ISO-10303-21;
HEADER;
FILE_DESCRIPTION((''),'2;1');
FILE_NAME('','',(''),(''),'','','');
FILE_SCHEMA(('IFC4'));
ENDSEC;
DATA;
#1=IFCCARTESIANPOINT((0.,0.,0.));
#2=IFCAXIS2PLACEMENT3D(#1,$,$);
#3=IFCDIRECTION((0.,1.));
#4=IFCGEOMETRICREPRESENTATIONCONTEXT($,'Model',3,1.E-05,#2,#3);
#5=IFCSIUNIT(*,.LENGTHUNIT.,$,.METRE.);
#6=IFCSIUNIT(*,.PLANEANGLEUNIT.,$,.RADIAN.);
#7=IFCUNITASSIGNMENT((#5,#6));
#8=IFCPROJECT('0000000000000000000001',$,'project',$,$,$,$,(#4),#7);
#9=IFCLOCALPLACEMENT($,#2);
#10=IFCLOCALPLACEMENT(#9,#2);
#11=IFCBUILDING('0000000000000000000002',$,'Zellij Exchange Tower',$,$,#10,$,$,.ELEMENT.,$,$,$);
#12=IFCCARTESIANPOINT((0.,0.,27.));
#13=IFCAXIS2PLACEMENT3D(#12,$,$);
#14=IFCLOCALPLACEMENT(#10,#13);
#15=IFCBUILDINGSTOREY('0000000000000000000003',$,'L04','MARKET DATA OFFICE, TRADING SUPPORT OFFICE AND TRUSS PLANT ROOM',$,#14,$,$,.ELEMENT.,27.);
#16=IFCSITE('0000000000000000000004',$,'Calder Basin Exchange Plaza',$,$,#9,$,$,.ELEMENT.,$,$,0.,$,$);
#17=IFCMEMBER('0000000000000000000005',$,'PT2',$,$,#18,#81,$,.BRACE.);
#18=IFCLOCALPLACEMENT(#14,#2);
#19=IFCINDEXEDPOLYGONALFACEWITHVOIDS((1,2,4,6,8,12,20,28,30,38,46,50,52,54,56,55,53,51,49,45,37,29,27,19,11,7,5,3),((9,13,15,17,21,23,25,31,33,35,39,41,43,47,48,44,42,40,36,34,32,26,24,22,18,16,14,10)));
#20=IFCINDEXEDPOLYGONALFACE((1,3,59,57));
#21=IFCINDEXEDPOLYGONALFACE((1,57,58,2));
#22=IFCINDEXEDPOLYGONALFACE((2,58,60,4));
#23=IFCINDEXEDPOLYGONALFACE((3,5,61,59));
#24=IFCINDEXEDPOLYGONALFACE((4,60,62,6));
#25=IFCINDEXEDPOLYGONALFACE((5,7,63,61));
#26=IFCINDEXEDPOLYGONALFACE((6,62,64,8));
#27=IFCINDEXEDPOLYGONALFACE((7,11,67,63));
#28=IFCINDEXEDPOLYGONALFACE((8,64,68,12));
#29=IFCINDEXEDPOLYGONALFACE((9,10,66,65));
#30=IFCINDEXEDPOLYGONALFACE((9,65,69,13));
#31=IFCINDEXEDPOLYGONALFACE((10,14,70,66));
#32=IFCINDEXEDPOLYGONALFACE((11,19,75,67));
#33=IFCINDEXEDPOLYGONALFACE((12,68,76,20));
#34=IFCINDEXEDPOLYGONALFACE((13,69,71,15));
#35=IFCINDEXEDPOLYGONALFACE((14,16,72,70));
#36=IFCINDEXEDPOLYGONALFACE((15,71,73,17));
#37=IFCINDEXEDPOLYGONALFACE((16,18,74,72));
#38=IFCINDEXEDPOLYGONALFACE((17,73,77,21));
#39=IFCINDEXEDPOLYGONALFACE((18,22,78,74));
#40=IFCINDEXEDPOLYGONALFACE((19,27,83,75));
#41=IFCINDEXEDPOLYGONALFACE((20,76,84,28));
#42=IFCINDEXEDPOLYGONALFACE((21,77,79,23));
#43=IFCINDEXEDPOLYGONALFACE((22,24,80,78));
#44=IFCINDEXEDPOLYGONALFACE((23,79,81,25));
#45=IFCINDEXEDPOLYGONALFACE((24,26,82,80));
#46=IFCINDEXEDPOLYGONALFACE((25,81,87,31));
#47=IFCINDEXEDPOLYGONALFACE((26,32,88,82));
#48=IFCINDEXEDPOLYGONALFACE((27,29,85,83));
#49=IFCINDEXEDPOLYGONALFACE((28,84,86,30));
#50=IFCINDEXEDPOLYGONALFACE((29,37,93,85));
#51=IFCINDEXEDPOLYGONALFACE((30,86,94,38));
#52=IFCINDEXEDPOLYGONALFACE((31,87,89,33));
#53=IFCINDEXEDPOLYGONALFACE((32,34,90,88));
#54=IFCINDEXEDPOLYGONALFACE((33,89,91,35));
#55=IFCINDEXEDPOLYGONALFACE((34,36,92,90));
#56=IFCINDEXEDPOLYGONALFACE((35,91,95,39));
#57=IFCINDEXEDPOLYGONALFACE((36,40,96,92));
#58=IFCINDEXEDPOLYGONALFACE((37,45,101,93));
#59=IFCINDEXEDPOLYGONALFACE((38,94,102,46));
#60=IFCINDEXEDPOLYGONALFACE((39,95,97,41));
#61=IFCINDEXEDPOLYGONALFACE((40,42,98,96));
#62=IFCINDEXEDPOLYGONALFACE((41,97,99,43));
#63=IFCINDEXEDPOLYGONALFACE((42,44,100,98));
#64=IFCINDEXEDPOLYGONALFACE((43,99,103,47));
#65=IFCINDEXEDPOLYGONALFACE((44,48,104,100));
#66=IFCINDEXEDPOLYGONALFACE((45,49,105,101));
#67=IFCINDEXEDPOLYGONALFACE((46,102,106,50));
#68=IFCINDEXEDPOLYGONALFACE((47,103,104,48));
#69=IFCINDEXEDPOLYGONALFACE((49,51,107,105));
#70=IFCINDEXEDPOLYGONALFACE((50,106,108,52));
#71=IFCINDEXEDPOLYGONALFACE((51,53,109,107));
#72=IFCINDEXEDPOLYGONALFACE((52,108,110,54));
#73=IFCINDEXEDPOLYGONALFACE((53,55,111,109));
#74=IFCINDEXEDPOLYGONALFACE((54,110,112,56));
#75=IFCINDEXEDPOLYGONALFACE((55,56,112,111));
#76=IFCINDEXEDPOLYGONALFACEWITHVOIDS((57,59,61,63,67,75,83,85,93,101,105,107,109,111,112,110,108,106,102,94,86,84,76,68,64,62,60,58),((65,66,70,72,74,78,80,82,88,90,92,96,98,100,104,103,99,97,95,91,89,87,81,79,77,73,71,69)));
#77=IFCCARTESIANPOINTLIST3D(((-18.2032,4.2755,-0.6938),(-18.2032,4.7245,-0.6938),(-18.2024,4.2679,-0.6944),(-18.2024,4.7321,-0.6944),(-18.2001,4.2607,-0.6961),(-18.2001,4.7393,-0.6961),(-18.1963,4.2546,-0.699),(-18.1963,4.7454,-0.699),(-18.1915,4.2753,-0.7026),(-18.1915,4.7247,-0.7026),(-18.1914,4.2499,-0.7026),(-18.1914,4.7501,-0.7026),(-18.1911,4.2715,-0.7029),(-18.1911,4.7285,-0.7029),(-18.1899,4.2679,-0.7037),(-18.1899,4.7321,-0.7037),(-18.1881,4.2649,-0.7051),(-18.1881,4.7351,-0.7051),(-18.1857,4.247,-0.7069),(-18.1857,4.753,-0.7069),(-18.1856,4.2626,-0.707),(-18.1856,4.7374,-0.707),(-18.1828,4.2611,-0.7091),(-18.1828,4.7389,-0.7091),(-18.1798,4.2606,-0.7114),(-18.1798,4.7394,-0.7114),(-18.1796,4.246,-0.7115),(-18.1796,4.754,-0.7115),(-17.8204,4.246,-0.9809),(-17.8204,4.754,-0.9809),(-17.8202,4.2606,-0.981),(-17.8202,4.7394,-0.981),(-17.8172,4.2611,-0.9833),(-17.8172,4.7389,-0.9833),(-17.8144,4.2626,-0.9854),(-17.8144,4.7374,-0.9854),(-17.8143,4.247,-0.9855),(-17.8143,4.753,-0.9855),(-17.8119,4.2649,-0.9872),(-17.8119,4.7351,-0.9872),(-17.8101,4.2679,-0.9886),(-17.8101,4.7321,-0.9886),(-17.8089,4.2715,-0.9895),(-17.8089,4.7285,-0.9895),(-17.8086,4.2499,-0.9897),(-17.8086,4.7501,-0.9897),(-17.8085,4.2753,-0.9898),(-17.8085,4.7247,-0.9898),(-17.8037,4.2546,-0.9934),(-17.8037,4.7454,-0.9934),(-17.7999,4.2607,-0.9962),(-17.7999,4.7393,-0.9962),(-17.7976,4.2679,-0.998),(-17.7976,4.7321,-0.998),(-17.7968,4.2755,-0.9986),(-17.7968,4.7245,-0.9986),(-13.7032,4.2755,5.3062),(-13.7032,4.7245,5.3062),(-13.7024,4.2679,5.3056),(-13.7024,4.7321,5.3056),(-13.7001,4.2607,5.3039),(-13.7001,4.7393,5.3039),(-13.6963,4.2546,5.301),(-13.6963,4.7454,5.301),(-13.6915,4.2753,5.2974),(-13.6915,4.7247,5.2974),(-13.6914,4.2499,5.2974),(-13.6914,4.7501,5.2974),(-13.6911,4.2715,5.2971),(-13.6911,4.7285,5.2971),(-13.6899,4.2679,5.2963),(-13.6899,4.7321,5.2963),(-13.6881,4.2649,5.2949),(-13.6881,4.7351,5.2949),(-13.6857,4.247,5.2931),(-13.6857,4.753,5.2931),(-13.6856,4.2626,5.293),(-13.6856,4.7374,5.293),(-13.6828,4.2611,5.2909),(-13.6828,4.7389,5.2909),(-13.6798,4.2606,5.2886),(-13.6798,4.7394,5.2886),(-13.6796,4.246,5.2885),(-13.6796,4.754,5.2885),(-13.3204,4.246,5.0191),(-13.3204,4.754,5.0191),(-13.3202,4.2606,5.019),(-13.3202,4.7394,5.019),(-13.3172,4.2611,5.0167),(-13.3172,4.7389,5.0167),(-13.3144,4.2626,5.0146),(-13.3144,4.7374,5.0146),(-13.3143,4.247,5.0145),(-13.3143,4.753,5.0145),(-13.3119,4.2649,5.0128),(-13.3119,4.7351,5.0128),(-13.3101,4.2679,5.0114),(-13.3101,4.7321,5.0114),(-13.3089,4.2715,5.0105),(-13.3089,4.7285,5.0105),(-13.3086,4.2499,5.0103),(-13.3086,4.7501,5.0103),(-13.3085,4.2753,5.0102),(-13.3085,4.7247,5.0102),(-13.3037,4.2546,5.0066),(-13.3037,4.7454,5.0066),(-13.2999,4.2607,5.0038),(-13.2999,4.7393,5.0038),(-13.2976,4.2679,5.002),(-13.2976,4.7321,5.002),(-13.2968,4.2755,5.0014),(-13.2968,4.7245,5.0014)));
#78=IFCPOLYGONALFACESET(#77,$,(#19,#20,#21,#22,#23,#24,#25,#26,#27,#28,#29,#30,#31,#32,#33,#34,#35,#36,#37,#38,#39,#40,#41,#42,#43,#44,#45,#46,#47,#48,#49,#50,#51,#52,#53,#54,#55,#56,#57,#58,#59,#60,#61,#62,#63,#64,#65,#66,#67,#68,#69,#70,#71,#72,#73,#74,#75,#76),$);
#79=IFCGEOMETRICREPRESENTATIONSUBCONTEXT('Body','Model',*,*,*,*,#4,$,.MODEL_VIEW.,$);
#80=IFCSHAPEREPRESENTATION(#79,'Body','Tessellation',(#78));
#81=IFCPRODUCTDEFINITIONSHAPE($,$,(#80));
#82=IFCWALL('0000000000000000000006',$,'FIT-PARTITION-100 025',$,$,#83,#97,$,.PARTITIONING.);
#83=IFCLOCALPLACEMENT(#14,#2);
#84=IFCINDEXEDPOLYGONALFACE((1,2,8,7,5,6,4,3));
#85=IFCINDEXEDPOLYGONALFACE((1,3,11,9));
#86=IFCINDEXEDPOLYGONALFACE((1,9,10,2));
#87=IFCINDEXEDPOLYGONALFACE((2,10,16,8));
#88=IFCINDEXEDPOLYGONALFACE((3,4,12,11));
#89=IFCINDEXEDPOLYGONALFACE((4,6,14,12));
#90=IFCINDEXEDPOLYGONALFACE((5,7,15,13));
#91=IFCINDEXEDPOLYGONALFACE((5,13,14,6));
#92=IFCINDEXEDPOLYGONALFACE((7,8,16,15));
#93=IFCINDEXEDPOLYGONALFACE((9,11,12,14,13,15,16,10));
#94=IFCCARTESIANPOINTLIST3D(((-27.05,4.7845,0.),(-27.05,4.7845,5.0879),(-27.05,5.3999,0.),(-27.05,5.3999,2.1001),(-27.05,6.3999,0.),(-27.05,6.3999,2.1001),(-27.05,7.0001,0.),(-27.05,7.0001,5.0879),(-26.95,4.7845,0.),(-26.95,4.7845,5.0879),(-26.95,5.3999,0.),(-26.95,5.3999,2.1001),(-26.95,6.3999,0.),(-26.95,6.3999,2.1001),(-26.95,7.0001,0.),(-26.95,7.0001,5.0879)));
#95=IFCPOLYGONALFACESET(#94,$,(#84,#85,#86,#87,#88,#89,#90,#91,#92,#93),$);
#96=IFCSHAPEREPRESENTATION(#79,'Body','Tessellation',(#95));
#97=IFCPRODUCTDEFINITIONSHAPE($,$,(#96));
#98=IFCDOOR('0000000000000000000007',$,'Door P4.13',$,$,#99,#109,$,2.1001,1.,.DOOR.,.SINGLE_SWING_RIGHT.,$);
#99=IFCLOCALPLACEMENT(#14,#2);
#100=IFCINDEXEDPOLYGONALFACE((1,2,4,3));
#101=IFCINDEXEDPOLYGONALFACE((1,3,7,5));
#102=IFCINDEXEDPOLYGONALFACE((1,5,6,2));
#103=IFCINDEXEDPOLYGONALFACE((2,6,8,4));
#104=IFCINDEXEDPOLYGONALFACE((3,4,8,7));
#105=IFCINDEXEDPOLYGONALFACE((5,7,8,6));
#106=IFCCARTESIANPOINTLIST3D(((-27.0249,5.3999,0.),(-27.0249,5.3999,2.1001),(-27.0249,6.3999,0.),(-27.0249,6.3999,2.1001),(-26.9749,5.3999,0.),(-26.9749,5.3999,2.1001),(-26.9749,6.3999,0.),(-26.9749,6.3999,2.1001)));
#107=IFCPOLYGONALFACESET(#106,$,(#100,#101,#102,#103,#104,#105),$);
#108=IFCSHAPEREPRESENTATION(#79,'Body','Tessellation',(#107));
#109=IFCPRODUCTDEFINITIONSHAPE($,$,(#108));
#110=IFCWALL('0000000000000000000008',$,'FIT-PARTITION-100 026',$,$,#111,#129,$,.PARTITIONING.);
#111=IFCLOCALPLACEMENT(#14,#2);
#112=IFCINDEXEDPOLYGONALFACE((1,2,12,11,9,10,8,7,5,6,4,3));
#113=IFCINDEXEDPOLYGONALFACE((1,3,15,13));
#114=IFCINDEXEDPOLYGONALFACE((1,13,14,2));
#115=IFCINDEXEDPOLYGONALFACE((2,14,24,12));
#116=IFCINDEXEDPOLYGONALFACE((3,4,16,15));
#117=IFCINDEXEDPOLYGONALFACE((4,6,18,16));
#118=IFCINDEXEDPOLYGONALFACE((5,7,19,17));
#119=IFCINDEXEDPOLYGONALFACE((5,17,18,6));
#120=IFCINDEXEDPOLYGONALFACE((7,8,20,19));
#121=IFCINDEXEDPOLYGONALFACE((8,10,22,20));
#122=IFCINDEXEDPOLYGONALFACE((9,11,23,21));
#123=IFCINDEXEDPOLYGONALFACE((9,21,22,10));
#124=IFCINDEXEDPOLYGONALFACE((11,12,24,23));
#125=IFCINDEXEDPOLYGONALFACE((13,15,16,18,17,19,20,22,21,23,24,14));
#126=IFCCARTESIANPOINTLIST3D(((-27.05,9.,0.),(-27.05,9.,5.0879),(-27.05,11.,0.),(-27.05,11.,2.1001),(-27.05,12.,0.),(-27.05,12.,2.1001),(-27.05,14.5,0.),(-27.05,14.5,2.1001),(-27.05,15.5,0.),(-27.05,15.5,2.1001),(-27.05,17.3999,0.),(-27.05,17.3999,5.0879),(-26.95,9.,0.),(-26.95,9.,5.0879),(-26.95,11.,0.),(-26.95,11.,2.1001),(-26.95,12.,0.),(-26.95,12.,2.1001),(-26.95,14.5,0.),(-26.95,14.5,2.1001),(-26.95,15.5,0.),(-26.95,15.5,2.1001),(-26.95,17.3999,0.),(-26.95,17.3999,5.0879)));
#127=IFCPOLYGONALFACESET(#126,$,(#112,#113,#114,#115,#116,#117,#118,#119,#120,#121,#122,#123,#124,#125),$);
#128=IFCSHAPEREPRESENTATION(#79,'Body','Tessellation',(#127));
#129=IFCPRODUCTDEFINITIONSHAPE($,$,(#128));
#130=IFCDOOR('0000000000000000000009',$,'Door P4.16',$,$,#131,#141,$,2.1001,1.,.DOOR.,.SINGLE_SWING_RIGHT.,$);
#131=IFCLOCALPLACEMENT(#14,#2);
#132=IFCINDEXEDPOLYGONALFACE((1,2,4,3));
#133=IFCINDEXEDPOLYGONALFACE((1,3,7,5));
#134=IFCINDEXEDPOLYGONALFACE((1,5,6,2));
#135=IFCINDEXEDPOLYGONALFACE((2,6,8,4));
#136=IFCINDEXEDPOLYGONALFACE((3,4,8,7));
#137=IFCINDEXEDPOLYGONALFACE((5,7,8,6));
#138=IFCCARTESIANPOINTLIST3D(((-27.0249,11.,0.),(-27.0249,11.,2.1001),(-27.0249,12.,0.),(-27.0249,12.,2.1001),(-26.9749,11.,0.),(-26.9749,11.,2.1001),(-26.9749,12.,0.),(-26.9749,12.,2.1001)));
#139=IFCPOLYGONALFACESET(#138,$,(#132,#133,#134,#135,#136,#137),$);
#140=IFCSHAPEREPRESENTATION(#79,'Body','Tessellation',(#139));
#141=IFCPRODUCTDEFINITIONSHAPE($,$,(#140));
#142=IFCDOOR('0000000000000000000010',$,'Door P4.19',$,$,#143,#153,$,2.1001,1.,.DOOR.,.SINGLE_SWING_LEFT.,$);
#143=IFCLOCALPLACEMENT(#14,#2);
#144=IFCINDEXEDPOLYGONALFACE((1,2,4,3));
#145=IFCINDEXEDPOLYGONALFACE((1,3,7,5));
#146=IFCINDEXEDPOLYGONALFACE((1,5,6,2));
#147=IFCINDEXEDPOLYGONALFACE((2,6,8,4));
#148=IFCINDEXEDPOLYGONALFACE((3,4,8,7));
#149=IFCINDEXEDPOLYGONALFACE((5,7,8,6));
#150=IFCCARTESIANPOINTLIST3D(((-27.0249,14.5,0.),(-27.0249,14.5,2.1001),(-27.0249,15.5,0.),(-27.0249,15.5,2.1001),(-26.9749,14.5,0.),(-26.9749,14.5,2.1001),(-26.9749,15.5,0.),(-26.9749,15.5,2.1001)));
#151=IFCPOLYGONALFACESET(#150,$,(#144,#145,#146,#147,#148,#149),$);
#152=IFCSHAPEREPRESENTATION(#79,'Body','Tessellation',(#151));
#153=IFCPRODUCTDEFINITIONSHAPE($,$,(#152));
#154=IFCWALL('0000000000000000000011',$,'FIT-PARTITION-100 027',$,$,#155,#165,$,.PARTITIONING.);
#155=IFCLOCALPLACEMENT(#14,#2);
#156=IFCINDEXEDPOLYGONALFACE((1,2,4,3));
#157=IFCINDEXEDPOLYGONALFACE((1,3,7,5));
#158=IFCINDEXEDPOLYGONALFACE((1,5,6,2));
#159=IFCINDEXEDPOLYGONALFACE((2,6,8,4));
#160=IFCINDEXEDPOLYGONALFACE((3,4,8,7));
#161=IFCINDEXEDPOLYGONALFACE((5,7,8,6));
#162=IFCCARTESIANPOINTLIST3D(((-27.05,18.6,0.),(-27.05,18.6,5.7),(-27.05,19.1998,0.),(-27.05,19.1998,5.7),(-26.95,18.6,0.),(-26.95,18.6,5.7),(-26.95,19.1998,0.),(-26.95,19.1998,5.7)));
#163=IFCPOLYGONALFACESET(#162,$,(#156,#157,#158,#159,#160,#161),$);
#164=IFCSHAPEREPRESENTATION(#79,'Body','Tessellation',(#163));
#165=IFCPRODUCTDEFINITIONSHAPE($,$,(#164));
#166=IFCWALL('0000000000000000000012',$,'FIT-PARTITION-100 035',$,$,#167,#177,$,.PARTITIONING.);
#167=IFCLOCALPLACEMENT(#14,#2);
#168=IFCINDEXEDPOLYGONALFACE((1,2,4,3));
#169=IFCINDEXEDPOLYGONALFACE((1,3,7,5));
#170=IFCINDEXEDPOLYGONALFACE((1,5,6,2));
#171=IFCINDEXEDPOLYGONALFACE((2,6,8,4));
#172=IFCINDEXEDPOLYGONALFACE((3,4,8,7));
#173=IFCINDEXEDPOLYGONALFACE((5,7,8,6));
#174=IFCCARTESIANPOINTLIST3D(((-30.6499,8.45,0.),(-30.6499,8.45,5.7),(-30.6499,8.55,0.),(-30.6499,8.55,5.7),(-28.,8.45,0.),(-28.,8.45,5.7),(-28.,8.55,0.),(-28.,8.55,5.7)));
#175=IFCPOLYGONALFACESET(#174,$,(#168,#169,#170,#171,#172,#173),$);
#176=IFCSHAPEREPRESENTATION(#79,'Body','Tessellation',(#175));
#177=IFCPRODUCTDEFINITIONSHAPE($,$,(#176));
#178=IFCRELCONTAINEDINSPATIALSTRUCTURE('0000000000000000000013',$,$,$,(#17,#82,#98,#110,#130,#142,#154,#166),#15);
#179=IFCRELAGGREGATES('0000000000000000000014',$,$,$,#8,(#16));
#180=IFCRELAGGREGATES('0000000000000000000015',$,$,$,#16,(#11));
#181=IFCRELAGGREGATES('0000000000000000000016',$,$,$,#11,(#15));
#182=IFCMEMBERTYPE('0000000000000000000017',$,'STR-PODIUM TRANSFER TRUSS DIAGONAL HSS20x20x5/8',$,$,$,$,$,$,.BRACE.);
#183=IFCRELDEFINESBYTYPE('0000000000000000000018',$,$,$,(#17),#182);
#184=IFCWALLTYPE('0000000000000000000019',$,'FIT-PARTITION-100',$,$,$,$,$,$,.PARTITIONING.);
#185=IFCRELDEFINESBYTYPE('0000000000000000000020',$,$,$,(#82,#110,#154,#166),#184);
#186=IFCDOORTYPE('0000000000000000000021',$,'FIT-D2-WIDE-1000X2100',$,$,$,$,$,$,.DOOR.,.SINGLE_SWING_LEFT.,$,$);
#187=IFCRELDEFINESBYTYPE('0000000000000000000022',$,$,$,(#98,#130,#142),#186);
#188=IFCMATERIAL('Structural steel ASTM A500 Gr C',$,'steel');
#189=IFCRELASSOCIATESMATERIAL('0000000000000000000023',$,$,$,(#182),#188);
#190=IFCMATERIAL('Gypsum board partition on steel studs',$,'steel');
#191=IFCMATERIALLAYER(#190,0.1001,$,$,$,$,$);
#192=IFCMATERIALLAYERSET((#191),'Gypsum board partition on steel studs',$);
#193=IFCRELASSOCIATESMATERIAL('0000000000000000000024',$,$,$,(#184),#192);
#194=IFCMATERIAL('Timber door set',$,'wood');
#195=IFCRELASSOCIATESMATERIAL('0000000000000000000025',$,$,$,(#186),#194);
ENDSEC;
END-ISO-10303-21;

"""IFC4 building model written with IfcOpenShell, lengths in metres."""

from ifc_helpers import new_model, si_unit, direction, frame, frame_2d, origin, origin_2d, place, context, subcontext, project, spatial, rectangle, hollow_rectangle, extrude, material, layer, layer_set, material_profile, profile_set, type_object, element, fill, save


model = new_model("IFC4")

# Units and contexts
model_context = context("Model", 3, precision=1e-05, world=origin(), true_north=direction((0.0, 1.0)))
body_context = subcontext(model_context, "Body", "Model", "MODEL_VIEW")
ifc_project = project(units=[si_unit("LENGTHUNIT", "METRE"), si_unit("PLANEANGLEUNIT", "RADIAN")], contexts=[model_context])

# Site, building, storey
site_placement = place(None, origin())
site = spatial("IfcSite", under=ifc_project, at=site_placement, Name="Calder Basin Exchange Plaza", CompositionType="ELEMENT", RefElevation=0.0)
building_placement = place(site_placement, origin())
building = spatial("IfcBuilding", under=site, at=building_placement, Name="Zellij Exchange Tower", CompositionType="ELEMENT")
storey_placement = place(building_placement, frame((0.0, 0.0, 27.0)))
storey = spatial("IfcBuildingStorey", under=building, at=storey_placement, Name="L04", Description="MARKET DATA OFFICE, TRADING SUPPORT OFFICE AND TRUSS PLANT ROOM", CompositionType="ELEMENT", Elevation=27.0)

# Member
ifc_material_1 = material(Name="Structural steel ASTM A500 Gr C", Category="steel")
ifc_material_profile_1 = material_profile(ifc_material_1, hollow_rectangle(XDim=0.5081, YDim=0.5081, WallThickness=0.0146, InnerFilletRadius=0.0146, OuterFilletRadius=0.0295, at=origin_2d()), Name="STR-PODIUM TRANSFER TRUSS DIAGONAL HSS20x20x5/8")
ifc_profile_set_1 = profile_set([ifc_material_profile_1], Name="Structural steel ASTM A500 Gr C")
member_type_1 = type_object("IfcMemberType", Name="STR-PODIUM TRANSFER TRUSS DIAGONAL HSS20x20x5/8", PredefinedType="BRACE", material=ifc_profile_set_1)
member_1_placement = place(storey_placement, frame((-18.0, 4.5, -0.8462), z_axis=(0.6, 0.0, 0.8), x_axis=(0.0, 1.0, 0.0)))
element("IfcMember", 1, at=member_1_placement, inside=storey, type_object=member_type_1, Name="PT2", PredefinedType="BRACE", context=body_context, shape_type="SweptSolid", body=[
    extrude(hollow_rectangle(XDim=0.5081, YDim=0.5081, WallThickness=0.0146, InnerFilletRadius=0.0146, OuterFilletRadius=0.0295, at=origin_2d()), origin(), (0.0, 0.0, 1.0), 7.5),
])

# Wall, opening, door
ifc_material_2 = material(Name="Gypsum board partition on steel studs", Category="steel")
ifc_layer = layer(ifc_material_2, 0.1001)
ifc_layer_set = layer_set([ifc_layer], Name="Gypsum board partition on steel studs")
wall_type = type_object("IfcWallType", Name="FIT-PARTITION-100", PredefinedType="PARTITIONING", material=ifc_layer_set)
wall_1_placement = place(storey_placement, frame((-27.0, 4.7844, 0.0), z_axis=(0.0, 0.0, 1.0), x_axis=(0.0, 1.0, 0.0)))
wall_1 = element("IfcWall", 2, at=wall_1_placement, inside=storey, type_object=wall_type, Name="FIT-PARTITION-100 025", PredefinedType="PARTITIONING", context=body_context, shape_type="SweptSolid", body=[
    extrude(rectangle(XDim=2.2156, YDim=0.1001, at=frame_2d((1.1079, 0.0))), origin(), (0.0, 0.0, 1.0), 5.0879),
])
opening_1_placement = place(wall_1_placement, frame((0.6155, 0.0, 0.0)))
opening_1 = element("IfcOpeningElement", 3, at=opening_1_placement, cuts=wall_1, PredefinedType="OPENING", context=body_context, shape_type="SweptSolid", body=[
    extrude(rectangle(XDim=1.0, YDim=2.1001, at=frame_2d((0.5, 1.05))), frame((0.0, 0.062, 0.0), z_axis=(0.0, -1.0, 0.0), x_axis=(1.0, 0.0, 0.0)), (0.0, 0.0, 1.0), 0.124),
])
ifc_material_3 = material(Name="Timber door set", Category="wood")
door_type = type_object("IfcDoorType", Name="FIT-D2-WIDE-1000X2100", OperationType="SINGLE_SWING_LEFT", PredefinedType="DOOR", material=ifc_material_3)
door_1_placement = place(opening_1_placement, origin())
door_1 = element("IfcDoor", 4, at=door_1_placement, inside=storey, type_object=door_type, Name="Door P4.13", OperationType="SINGLE_SWING_RIGHT", OverallHeight=2.1001, OverallWidth=1.0, PredefinedType="DOOR", context=body_context, shape_type="SweptSolid", body=[
    extrude(rectangle(XDim=1.0, YDim=2.1001, at=frame_2d((0.5, 1.05))), frame((0.0, 0.0249, 0.0), z_axis=(0.0, -1.0, 0.0), x_axis=(1.0, 0.0, 0.0)), (0.0, 0.0, 1.0), 0.05),
])
fill(opening_1, door_1)

# Wall, openings, doors
wall_2_placement = place(storey_placement, frame((-27.0, 9.0, 0.0), z_axis=(0.0, 0.0, 1.0), x_axis=(0.0, 1.0, 0.0)))
wall_2 = element("IfcWall", 5, at=wall_2_placement, inside=storey, type_object=wall_type, Name="FIT-PARTITION-100 026", PredefinedType="PARTITIONING", context=body_context, shape_type="SweptSolid", body=[
    extrude(rectangle(XDim=8.3999, YDim=0.1001, at=frame_2d((4.2, 0.0))), origin(), (0.0, 0.0, 1.0), 5.0879),
])
opening_2_placement = place(wall_2_placement, frame((2.0, 0.0, 0.0)))
opening_2 = element("IfcOpeningElement", 6, at=opening_2_placement, cuts=wall_2, PredefinedType="OPENING", context=body_context, shape_type="SweptSolid", body=[
    extrude(rectangle(XDim=1.0, YDim=2.1001, at=frame_2d((0.5, 1.05))), frame((0.0, 0.062, 0.0), z_axis=(0.0, -1.0, 0.0), x_axis=(1.0, 0.0, 0.0)), (0.0, 0.0, 1.0), 0.124),
])
opening_3_placement = place(wall_2_placement, frame((5.5, 0.0, 0.0)))
opening_3 = element("IfcOpeningElement", 7, at=opening_3_placement, cuts=wall_2, PredefinedType="OPENING", context=body_context, shape_type="SweptSolid", body=[
    extrude(rectangle(XDim=1.0, YDim=2.1001, at=frame_2d((0.5, 1.05))), frame((0.0, 0.062, 0.0), z_axis=(0.0, -1.0, 0.0), x_axis=(1.0, 0.0, 0.0)), (0.0, 0.0, 1.0), 0.124),
])
door_2_placement = place(opening_2_placement, origin())
door_2 = element("IfcDoor", 8, at=door_2_placement, inside=storey, type_object=door_type, Name="Door P4.16", OperationType="SINGLE_SWING_RIGHT", OverallHeight=2.1001, OverallWidth=1.0, PredefinedType="DOOR", context=body_context, shape_type="SweptSolid", body=[
    extrude(rectangle(XDim=1.0, YDim=2.1001, at=frame_2d((0.5, 1.05))), frame((0.0, 0.0249, 0.0), z_axis=(0.0, -1.0, 0.0), x_axis=(1.0, 0.0, 0.0)), (0.0, 0.0, 1.0), 0.05),
])
fill(opening_2, door_2)
door_3_placement = place(opening_3_placement, origin())
door_3 = element("IfcDoor", 9, at=door_3_placement, inside=storey, type_object=door_type, Name="Door P4.19", OperationType="SINGLE_SWING_LEFT", OverallHeight=2.1001, OverallWidth=1.0, PredefinedType="DOOR", context=body_context, shape_type="SweptSolid", body=[
    extrude(rectangle(XDim=1.0, YDim=2.1001, at=frame_2d((0.5, 1.05))), frame((0.0, 0.0249, 0.0), z_axis=(0.0, -1.0, 0.0), x_axis=(1.0, 0.0, 0.0)), (0.0, 0.0, 1.0), 0.05),
])
fill(opening_3, door_3)

# Walls
wall_3_placement = place(storey_placement, frame((-27.0, 18.6001, 0.0), z_axis=(0.0, 0.0, 1.0), x_axis=(0.0, 1.0, 0.0)))
element("IfcWall", 10, at=wall_3_placement, inside=storey, type_object=wall_type, Name="FIT-PARTITION-100 027", PredefinedType="PARTITIONING", context=body_context, shape_type="SweptSolid", body=[
    extrude(rectangle(XDim=0.5999, YDim=0.1001, at=frame_2d((0.2998, 0.0))), origin(), (0.0, 0.0, 1.0), 5.7),
])
wall_4_placement = place(storey_placement, frame((-30.6499, 8.5, 0.0), z_axis=(0.0, 0.0, 1.0), x_axis=(1.0, 0.0, 0.0)))
element("IfcWall", 11, at=wall_4_placement, inside=storey, type_object=wall_type, Name="FIT-PARTITION-100 035", PredefinedType="PARTITIONING", context=body_context, shape_type="SweptSolid", body=[
    extrude(rectangle(XDim=2.6499, YDim=0.1001, at=frame_2d((1.325, 0.0))), origin(), (0.0, 0.0, 1.0), 5.7),
])

save(model, "model.ifc")
